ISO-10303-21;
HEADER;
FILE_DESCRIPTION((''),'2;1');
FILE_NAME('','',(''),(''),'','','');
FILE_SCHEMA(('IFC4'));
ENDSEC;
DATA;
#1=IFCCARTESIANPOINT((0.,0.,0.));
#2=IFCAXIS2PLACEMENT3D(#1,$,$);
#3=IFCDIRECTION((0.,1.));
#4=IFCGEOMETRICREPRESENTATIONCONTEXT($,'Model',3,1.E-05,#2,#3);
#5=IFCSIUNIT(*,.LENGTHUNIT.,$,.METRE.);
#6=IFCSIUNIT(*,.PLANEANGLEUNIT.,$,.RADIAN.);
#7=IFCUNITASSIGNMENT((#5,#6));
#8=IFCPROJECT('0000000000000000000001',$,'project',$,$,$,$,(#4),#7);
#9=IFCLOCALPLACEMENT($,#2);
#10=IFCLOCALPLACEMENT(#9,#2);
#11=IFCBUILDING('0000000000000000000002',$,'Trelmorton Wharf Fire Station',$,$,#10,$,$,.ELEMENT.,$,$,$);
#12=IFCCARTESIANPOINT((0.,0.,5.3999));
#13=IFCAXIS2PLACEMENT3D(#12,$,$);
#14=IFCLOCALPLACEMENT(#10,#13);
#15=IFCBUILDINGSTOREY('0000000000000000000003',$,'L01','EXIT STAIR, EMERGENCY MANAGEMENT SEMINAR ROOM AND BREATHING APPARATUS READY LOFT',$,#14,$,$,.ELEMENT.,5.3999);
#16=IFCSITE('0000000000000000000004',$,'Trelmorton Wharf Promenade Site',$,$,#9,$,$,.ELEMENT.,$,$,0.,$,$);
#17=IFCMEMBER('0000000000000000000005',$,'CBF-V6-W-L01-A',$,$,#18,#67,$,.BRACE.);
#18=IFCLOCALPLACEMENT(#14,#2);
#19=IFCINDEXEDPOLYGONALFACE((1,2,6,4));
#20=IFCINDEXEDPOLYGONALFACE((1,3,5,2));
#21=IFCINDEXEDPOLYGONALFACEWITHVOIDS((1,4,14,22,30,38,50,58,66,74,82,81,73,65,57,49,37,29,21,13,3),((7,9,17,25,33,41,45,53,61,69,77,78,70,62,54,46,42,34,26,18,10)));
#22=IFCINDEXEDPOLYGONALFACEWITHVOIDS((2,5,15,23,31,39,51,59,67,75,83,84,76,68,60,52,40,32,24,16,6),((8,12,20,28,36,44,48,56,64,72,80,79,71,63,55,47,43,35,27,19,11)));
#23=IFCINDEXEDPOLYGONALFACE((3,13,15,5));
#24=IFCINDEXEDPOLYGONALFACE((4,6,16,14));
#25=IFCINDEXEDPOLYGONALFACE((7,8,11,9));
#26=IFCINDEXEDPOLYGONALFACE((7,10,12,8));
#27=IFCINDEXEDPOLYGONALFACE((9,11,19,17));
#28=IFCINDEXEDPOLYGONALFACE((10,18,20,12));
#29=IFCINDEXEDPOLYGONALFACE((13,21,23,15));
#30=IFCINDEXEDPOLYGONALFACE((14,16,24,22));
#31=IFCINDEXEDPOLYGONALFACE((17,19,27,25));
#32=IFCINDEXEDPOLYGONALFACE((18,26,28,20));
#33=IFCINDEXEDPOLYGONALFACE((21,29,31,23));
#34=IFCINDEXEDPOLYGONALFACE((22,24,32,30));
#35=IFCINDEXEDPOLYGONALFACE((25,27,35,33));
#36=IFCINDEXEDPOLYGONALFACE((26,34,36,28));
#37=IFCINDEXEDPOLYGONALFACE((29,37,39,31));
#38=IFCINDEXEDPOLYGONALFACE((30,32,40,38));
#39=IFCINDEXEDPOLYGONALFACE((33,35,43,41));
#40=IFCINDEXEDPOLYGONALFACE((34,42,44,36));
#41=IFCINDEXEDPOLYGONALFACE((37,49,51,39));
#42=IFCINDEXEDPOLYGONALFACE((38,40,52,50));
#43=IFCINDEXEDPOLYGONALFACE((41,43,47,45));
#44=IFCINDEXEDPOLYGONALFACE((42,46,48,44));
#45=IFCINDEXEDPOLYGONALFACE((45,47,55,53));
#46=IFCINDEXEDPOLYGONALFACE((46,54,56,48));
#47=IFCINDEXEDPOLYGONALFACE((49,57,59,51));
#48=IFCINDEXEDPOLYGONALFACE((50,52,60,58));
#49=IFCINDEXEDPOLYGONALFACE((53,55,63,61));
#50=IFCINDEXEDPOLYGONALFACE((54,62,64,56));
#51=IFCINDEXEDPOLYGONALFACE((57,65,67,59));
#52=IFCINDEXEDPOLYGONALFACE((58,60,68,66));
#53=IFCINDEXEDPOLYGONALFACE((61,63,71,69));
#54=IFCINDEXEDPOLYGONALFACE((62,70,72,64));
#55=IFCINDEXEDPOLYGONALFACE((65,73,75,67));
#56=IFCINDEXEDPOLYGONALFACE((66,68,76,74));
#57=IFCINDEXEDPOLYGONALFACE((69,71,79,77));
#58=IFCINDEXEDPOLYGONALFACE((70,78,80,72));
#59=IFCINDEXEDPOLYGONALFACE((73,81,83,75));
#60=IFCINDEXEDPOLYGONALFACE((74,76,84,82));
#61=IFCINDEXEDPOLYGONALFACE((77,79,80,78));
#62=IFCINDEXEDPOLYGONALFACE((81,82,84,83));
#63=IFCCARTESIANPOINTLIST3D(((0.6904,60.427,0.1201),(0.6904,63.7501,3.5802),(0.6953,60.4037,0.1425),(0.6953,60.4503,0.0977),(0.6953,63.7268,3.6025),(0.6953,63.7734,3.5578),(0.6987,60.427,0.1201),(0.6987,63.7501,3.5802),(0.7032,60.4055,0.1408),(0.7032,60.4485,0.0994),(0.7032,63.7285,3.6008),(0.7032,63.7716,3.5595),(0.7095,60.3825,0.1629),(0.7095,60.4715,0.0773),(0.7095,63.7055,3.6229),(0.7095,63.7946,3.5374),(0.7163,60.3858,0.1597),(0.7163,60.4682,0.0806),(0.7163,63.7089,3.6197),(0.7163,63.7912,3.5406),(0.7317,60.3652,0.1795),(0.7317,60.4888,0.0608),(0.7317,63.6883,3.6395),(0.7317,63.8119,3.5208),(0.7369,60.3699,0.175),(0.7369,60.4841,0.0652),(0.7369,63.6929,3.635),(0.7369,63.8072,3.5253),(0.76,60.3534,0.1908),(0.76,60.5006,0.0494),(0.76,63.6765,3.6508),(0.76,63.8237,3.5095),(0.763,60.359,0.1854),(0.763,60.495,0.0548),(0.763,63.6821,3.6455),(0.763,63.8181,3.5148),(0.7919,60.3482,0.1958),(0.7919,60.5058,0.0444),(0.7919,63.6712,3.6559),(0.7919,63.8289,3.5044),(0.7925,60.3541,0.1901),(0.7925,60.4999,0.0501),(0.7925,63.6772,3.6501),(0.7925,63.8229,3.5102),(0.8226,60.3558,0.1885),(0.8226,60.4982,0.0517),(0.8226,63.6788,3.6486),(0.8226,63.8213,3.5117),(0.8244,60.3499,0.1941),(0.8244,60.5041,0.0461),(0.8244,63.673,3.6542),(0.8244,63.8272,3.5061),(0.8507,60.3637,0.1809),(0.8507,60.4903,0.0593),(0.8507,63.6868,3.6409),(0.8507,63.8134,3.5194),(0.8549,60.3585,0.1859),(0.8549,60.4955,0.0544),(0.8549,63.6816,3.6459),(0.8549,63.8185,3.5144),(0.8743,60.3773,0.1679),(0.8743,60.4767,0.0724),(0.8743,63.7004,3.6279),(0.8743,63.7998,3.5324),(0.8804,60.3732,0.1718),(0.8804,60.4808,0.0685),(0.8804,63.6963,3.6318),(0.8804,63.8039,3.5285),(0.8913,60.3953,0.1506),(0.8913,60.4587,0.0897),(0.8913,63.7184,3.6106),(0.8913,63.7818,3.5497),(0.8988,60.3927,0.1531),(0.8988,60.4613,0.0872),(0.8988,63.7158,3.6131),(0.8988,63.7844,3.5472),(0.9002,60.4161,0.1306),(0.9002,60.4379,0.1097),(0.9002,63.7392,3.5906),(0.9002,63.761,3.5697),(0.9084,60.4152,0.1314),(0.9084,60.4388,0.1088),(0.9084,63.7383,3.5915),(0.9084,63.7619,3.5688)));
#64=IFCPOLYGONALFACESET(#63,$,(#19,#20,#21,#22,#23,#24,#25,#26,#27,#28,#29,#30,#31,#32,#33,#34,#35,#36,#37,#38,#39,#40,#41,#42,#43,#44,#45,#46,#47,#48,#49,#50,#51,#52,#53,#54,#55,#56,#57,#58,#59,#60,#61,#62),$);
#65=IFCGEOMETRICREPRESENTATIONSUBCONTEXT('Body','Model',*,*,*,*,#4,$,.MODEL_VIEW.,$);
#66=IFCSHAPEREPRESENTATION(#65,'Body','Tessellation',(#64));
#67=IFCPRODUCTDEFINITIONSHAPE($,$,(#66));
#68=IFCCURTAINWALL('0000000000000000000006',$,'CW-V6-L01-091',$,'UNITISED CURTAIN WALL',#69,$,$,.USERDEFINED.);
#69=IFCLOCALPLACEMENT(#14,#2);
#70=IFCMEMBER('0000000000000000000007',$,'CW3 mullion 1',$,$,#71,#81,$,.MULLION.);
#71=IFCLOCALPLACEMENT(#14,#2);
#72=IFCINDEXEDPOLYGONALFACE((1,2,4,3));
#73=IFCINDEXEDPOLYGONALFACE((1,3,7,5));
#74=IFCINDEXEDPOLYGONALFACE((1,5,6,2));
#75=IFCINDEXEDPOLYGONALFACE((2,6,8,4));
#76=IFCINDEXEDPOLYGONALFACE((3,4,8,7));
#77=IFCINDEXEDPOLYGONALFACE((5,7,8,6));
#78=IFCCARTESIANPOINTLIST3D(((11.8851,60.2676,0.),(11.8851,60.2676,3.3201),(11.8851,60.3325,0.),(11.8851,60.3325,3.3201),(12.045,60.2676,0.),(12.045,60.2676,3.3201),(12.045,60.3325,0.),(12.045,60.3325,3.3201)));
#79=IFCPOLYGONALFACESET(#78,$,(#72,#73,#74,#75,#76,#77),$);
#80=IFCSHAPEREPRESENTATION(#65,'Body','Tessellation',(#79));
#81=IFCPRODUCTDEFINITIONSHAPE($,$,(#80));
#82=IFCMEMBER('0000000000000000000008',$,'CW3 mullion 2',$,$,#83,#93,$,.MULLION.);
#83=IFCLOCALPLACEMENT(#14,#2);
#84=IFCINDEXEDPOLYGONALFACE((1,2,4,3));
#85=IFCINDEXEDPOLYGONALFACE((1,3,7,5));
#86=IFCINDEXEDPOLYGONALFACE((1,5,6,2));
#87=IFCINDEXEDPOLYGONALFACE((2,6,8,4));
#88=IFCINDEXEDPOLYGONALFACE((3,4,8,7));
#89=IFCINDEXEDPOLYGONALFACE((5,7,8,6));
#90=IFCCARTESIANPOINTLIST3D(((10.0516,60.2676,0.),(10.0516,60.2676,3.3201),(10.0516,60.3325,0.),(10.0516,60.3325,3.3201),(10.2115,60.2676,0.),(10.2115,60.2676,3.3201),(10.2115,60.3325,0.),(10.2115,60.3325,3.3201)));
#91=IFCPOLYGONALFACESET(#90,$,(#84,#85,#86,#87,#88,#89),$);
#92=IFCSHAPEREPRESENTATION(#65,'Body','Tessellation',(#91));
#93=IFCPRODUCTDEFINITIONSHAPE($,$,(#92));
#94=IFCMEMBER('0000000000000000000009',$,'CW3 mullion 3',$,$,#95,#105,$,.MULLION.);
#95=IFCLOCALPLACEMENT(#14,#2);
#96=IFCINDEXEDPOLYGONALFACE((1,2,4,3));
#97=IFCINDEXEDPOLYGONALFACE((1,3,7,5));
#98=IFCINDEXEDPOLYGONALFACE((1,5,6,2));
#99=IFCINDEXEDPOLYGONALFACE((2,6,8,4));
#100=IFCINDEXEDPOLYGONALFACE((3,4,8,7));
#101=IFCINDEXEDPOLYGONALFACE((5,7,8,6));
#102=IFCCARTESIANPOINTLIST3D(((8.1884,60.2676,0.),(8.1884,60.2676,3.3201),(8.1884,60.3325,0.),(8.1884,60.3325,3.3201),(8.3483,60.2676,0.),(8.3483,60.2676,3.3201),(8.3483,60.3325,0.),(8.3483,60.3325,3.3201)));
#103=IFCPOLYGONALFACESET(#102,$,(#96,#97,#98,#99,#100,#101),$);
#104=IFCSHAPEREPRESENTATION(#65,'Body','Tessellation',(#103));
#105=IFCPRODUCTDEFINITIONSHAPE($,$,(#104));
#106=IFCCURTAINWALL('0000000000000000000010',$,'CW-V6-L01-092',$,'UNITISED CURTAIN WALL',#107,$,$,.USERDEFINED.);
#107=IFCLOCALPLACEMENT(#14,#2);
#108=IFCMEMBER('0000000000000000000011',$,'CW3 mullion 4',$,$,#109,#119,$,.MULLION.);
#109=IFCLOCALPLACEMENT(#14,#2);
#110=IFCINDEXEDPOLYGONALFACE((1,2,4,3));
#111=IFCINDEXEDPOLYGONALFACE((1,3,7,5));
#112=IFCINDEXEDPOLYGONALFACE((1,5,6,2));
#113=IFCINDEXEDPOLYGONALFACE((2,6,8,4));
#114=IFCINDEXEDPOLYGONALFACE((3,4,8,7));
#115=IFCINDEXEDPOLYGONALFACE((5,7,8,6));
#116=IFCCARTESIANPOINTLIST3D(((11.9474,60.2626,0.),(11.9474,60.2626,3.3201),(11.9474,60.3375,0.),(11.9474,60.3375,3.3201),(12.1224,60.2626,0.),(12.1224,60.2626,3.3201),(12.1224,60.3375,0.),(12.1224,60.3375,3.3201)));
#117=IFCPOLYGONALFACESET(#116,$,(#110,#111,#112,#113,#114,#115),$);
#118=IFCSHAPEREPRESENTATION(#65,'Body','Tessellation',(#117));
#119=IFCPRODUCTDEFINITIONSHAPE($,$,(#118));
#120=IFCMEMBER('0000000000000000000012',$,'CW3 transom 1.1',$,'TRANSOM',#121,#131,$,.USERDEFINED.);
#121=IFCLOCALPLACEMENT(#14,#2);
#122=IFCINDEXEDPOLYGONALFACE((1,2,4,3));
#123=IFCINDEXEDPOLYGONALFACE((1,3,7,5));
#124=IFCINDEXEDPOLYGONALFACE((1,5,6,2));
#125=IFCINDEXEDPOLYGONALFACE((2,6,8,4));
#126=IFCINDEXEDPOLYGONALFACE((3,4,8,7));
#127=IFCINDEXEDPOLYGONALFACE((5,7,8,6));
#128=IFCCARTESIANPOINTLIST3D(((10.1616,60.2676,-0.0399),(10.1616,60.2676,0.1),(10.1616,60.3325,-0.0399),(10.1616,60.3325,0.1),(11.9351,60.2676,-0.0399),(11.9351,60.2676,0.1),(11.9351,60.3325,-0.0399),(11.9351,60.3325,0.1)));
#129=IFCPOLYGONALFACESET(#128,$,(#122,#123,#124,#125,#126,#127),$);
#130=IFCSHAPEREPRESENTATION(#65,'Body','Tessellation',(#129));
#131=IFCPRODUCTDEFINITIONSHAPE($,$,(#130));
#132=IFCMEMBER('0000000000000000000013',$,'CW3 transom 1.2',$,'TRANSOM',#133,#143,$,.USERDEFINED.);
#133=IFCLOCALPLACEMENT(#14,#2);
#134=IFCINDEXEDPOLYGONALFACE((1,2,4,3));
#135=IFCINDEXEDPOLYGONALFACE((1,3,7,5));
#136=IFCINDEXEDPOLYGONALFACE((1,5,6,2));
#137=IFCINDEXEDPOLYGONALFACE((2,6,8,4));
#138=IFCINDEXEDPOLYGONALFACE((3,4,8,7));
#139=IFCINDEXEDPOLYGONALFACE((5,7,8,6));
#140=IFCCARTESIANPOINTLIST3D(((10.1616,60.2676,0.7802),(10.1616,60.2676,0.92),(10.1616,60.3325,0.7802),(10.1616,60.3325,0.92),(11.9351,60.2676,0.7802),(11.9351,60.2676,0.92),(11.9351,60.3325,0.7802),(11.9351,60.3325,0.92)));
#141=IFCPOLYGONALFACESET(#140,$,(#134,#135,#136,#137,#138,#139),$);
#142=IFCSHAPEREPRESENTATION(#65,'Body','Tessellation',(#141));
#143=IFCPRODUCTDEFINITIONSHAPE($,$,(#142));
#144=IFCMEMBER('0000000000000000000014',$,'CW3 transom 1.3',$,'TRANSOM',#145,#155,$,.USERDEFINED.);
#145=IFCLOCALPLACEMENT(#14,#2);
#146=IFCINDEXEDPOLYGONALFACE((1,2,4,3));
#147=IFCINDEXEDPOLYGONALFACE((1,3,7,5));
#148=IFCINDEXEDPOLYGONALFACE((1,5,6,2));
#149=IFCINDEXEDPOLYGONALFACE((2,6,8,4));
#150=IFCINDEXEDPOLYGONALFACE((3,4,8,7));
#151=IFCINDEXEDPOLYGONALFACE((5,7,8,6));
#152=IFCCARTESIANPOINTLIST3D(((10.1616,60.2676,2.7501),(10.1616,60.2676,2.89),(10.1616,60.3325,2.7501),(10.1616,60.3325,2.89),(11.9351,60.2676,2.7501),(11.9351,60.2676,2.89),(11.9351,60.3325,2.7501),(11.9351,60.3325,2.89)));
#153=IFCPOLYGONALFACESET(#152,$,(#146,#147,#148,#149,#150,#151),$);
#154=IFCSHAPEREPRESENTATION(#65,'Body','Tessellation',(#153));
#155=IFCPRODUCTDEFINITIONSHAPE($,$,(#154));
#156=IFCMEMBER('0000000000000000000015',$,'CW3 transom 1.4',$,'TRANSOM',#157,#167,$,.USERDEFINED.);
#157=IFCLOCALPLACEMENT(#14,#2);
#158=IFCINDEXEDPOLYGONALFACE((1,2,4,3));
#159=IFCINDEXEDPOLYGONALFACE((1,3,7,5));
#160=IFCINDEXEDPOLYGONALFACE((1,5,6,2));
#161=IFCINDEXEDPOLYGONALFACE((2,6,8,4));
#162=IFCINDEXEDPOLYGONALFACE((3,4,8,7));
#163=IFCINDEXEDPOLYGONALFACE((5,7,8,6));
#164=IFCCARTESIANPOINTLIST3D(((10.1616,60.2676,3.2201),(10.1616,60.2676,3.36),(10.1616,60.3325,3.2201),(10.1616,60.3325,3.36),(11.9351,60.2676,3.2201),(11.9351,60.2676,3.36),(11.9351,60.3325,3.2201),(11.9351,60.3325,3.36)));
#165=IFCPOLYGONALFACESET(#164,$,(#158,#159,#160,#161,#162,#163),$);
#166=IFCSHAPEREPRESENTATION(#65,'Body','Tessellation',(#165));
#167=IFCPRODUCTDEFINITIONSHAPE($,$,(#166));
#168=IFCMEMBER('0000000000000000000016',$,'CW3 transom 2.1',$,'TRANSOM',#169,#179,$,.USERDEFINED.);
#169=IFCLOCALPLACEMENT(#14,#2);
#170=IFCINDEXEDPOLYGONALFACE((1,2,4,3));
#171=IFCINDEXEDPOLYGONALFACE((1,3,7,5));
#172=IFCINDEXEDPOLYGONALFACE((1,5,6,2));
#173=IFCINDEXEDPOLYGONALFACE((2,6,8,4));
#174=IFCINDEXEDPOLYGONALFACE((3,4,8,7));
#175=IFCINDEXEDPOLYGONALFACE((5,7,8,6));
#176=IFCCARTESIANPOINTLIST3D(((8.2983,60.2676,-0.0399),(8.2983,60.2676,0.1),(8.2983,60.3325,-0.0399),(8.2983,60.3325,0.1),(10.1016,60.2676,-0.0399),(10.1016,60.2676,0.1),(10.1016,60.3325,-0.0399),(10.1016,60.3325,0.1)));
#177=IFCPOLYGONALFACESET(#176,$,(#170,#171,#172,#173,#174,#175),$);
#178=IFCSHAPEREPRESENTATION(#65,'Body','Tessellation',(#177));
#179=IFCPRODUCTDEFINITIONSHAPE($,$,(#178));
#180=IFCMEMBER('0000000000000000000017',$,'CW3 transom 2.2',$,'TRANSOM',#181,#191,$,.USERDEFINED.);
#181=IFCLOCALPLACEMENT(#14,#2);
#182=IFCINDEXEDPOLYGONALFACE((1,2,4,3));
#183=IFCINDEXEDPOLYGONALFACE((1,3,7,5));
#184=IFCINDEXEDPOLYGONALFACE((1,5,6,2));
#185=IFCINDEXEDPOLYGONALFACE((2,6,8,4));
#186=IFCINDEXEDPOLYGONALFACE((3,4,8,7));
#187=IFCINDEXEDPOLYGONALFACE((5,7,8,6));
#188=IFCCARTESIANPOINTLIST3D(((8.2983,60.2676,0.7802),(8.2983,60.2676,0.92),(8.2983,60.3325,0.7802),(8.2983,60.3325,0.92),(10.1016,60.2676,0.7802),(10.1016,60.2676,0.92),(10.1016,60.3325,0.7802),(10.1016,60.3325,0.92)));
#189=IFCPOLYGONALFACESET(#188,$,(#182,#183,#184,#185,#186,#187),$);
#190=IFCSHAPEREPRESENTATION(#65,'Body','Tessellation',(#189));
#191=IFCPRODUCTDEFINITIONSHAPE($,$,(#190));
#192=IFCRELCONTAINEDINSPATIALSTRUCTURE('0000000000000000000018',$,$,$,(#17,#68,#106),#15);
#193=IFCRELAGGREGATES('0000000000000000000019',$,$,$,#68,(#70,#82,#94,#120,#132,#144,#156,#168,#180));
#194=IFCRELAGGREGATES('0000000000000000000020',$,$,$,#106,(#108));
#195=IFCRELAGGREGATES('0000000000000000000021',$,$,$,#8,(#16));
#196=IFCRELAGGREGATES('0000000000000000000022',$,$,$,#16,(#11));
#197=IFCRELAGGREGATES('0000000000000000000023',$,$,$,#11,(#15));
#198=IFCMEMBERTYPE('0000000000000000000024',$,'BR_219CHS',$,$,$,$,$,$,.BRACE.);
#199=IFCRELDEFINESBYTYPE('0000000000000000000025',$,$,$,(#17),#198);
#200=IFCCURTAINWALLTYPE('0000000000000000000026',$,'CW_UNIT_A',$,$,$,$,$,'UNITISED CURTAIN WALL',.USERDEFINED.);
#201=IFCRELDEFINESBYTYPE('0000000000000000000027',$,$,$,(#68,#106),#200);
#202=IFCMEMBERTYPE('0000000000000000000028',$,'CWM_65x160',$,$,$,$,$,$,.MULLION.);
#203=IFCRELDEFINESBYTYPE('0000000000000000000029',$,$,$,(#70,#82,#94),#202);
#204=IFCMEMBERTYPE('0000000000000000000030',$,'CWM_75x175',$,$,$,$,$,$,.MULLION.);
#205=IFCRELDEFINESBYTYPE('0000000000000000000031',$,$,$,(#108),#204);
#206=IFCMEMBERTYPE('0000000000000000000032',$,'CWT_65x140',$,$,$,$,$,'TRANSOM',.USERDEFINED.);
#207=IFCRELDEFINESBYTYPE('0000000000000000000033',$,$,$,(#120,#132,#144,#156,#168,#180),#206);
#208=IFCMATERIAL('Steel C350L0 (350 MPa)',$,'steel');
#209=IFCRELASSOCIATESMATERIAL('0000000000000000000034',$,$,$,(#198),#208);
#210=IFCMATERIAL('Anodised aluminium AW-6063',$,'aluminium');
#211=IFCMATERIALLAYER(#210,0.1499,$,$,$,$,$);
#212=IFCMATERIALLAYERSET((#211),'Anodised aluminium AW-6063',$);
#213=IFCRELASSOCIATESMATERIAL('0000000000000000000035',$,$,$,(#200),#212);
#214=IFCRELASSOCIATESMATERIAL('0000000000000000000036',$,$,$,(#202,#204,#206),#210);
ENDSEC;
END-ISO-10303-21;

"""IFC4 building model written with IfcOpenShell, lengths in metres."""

from ifc_helpers import new_model, si_unit, direction, frame, origin, origin_2d, place, context, subcontext, project, spatial, rectangle, hollow_circle, extrude, material, layer, layer_set, material_profile, profile_set, type_object, element, aggregate, save


model = new_model("IFC4")

# Units and contexts
model_context = context("Model", 3, precision=1e-05, world=origin(), true_north=direction((0.0, 1.0)))
body_context = subcontext(model_context, "Body", "Model", "MODEL_VIEW")
ifc_project = project(units=[si_unit("LENGTHUNIT", "METRE"), si_unit("PLANEANGLEUNIT", "RADIAN")], contexts=[model_context])

# Site, building, storey
site_placement = place(None, origin())
site = spatial("IfcSite", under=ifc_project, at=site_placement, Name="Trelmorton Wharf Promenade Site", CompositionType="ELEMENT", RefElevation=0.0)
building_placement = place(site_placement, origin())
building = spatial("IfcBuilding", under=site, at=building_placement, Name="Trelmorton Wharf Fire Station", CompositionType="ELEMENT")
storey_placement = place(building_placement, frame((0.0, 0.0, 5.3999)))
storey = spatial("IfcBuildingStorey", under=building, at=storey_placement, Name="L01", Description="EXIT STAIR, EMERGENCY MANAGEMENT SEMINAR ROOM AND BREATHING APPARATUS READY LOFT", CompositionType="ELEMENT", Elevation=5.3999)

# Member
ifc_material_1 = material(Name="Steel C350L0 (350 MPa)", Category="steel")
ifc_material_profile_1 = material_profile(ifc_material_1, hollow_circle(Radius=0.1096, WallThickness=0.0083, at=origin_2d()), Name="219.1x8.2CHS")
ifc_profile_set_1 = profile_set([ifc_material_profile_1], Name="Steel C350L0 (350 MPa)")
member_type_1 = type_object("IfcMemberType", Name="BR_219CHS", PredefinedType="BRACE", material=ifc_profile_set_1)
member_1_placement = place(storey_placement, frame((0.8, 60.427, 0.1201), z_axis=(0.0, 0.692688, 0.721238), x_axis=(-1.0, 0.0, 0.0)))
element("IfcMember", 1, at=member_1_placement, inside=storey, type_object=member_type_1, Name="CBF-V6-W-L01-A", PredefinedType="BRACE", context=body_context, shape_type="SweptSolid", body=[
    extrude(hollow_circle(Radius=0.1096, WallThickness=0.0083, at=origin_2d()), origin(), (0.0, 0.0, 1.0), 4.7974),
])

# Curtain wall, members
ifc_material_2 = material(Name="Anodised aluminium AW-6063", Category="aluminium")
ifc_layer_1 = layer(ifc_material_2, 0.1499)
ifc_layer_set_1 = layer_set([ifc_layer_1], Name="Anodised aluminium AW-6063")
curtain_wall_type = type_object("IfcCurtainWallType", Name="CW_UNIT_A", ElementType="UNITISED CURTAIN WALL", PredefinedType="USERDEFINED", material=ifc_layer_set_1)
curtain_wall_1_placement = place(storey_placement, origin())
curtain_wall_1 = element("IfcCurtainWall", 2, at=curtain_wall_1_placement, inside=storey, type_object=curtain_wall_type, Name="CW-V6-L01-091", ObjectType="UNITISED CURTAIN WALL", PredefinedType="USERDEFINED")
ifc_material_profile_2 = material_profile(ifc_material_2, rectangle(XDim=0.0649, YDim=0.1599, at=origin_2d()), Name="ALU-65x160")
ifc_profile_set_2 = profile_set([ifc_material_profile_2], Name="Anodised aluminium AW-6063")
member_type_2 = type_object("IfcMemberType", Name="CWM_65x160", PredefinedType="MULLION", material=ifc_profile_set_2)
member_2_placement = place(storey_placement, frame((11.9651, 60.3, 0.0), z_axis=(0.0, 0.0, 1.0), x_axis=(0.0, -1.0, 0.0)))
member_2 = element("IfcMember", 3, at=member_2_placement, type_object=member_type_2, Name="CW3 mullion 1", PredefinedType="MULLION", context=body_context, shape_type="SweptSolid", body=[
    extrude(rectangle(XDim=0.0649, YDim=0.1599, at=origin_2d()), origin(), (0.0, 0.0, 1.0), 3.3201),
])
member_3_placement = place(storey_placement, frame((10.1316, 60.3, 0.0), z_axis=(0.0, 0.0, 1.0), x_axis=(0.0, -1.0, 0.0)))
member_3 = element("IfcMember", 4, at=member_3_placement, type_object=member_type_2, Name="CW3 mullion 2", PredefinedType="MULLION", context=body_context, shape_type="SweptSolid", body=[
    extrude(rectangle(XDim=0.0649, YDim=0.1599, at=origin_2d()), origin(), (0.0, 0.0, 1.0), 3.3201),
])
member_4_placement = place(storey_placement, frame((8.2683, 60.3, 0.0), z_axis=(0.0, 0.0, 1.0), x_axis=(0.0, -1.0, 0.0)))
member_4 = element("IfcMember", 5, at=member_4_placement, type_object=member_type_2, Name="CW3 mullion 3", PredefinedType="MULLION", context=body_context, shape_type="SweptSolid", body=[
    extrude(rectangle(XDim=0.0649, YDim=0.1599, at=origin_2d()), origin(), (0.0, 0.0, 1.0), 3.3201),
])

# Curtain wall, member
curtain_wall_2_placement = place(storey_placement, origin())
curtain_wall_2 = element("IfcCurtainWall", 6, at=curtain_wall_2_placement, inside=storey, type_object=curtain_wall_type, Name="CW-V6-L01-092", ObjectType="UNITISED CURTAIN WALL", PredefinedType="USERDEFINED")
ifc_material_profile_3 = material_profile(ifc_material_2, rectangle(XDim=0.075, YDim=0.175, at=origin_2d()), Name="ALU-75x175")
ifc_profile_set_3 = profile_set([ifc_material_profile_3], Name="Anodised aluminium AW-6063")
member_type_3 = type_object("IfcMemberType", Name="CWM_75x175", PredefinedType="MULLION", material=ifc_profile_set_3)
member_5_placement = place(storey_placement, frame((12.0349, 60.3, 0.0), z_axis=(0.0, 0.0, 1.0), x_axis=(0.0, -1.0, 0.0)))
member_5 = element("IfcMember", 7, at=member_5_placement, type_object=member_type_3, Name="CW3 mullion 4", PredefinedType="MULLION", context=body_context, shape_type="SweptSolid", body=[
    extrude(rectangle(XDim=0.075, YDim=0.175, at=origin_2d()), origin(), (0.0, 0.0, 1.0), 3.3201),
])

# Members
ifc_material_profile_4 = material_profile(ifc_material_2, rectangle(XDim=0.0649, YDim=0.1399, at=origin_2d()), Name="ALU-65x140")
ifc_profile_set_4 = profile_set([ifc_material_profile_4], Name="Anodised aluminium AW-6063")
member_type_4 = type_object("IfcMemberType", Name="CWT_65x140", ElementType="TRANSOM", PredefinedType="USERDEFINED", material=ifc_profile_set_4)
member_6_placement = place(storey_placement, frame((11.9351, 60.3, 0.03), z_axis=(-1.0, 0.0, 0.0), x_axis=(0.0, -1.0, 0.0)))
member_6 = element("IfcMember", 8, at=member_6_placement, type_object=member_type_4, Name="CW3 transom 1.1", ObjectType="TRANSOM", PredefinedType="USERDEFINED", context=body_context, shape_type="SweptSolid", body=[
    extrude(rectangle(XDim=0.0649, YDim=0.1399, at=origin_2d()), origin(), (0.0, 0.0, 1.0), 1.7734),
])
member_7_placement = place(storey_placement, frame((11.9351, 60.3, 0.8501), z_axis=(-1.0, 0.0, 0.0), x_axis=(0.0, -1.0, 0.0)))
member_7 = element("IfcMember", 9, at=member_7_placement, type_object=member_type_4, Name="CW3 transom 1.2", ObjectType="TRANSOM", PredefinedType="USERDEFINED", context=body_context, shape_type="SweptSolid", body=[
    extrude(rectangle(XDim=0.0649, YDim=0.1399, at=origin_2d()), origin(), (0.0, 0.0, 1.0), 1.7734),
])
member_8_placement = place(storey_placement, frame((11.9351, 60.3, 2.8201), z_axis=(-1.0, 0.0, 0.0), x_axis=(0.0, -1.0, 0.0)))
member_8 = element("IfcMember", 10, at=member_8_placement, type_object=member_type_4, Name="CW3 transom 1.3", ObjectType="TRANSOM", PredefinedType="USERDEFINED", context=body_context, shape_type="SweptSolid", body=[
    extrude(rectangle(XDim=0.0649, YDim=0.1399, at=origin_2d()), origin(), (0.0, 0.0, 1.0), 1.7734),
])
member_9_placement = place(storey_placement, frame((11.9351, 60.3, 3.29), z_axis=(-1.0, 0.0, 0.0), x_axis=(0.0, -1.0, 0.0)))
member_9 = element("IfcMember", 11, at=member_9_placement, type_object=member_type_4, Name="CW3 transom 1.4", ObjectType="TRANSOM", PredefinedType="USERDEFINED", context=body_context, shape_type="SweptSolid", body=[
    extrude(rectangle(XDim=0.0649, YDim=0.1399, at=origin_2d()), origin(), (0.0, 0.0, 1.0), 1.7734),
])
member_10_placement = place(storey_placement, frame((10.1016, 60.3, 0.03), z_axis=(-1.0, 0.0, 0.0), x_axis=(0.0, -1.0, 0.0)))
member_10 = element("IfcMember", 12, at=member_10_placement, type_object=member_type_4, Name="CW3 transom 2.1", ObjectType="TRANSOM", PredefinedType="USERDEFINED", context=body_context, shape_type="SweptSolid", body=[
    extrude(rectangle(XDim=0.0649, YDim=0.1399, at=origin_2d()), origin(), (0.0, 0.0, 1.0), 1.8032),
])
member_11_placement = place(storey_placement, frame((10.1016, 60.3, 0.8501), z_axis=(-1.0, 0.0, 0.0), x_axis=(0.0, -1.0, 0.0)))
member_11 = element("IfcMember", 13, at=member_11_placement, type_object=member_type_4, Name="CW3 transom 2.2", ObjectType="TRANSOM", PredefinedType="USERDEFINED", context=body_context, shape_type="SweptSolid", body=[
    extrude(rectangle(XDim=0.0649, YDim=0.1399, at=origin_2d()), origin(), (0.0, 0.0, 1.0), 1.8032),
])

aggregate(curtain_wall_1, [member_2, member_3, member_4, member_6, member_7, member_8, member_9, member_10, member_11])
aggregate(curtain_wall_2, [member_5])

save(model, "model.ifc")
